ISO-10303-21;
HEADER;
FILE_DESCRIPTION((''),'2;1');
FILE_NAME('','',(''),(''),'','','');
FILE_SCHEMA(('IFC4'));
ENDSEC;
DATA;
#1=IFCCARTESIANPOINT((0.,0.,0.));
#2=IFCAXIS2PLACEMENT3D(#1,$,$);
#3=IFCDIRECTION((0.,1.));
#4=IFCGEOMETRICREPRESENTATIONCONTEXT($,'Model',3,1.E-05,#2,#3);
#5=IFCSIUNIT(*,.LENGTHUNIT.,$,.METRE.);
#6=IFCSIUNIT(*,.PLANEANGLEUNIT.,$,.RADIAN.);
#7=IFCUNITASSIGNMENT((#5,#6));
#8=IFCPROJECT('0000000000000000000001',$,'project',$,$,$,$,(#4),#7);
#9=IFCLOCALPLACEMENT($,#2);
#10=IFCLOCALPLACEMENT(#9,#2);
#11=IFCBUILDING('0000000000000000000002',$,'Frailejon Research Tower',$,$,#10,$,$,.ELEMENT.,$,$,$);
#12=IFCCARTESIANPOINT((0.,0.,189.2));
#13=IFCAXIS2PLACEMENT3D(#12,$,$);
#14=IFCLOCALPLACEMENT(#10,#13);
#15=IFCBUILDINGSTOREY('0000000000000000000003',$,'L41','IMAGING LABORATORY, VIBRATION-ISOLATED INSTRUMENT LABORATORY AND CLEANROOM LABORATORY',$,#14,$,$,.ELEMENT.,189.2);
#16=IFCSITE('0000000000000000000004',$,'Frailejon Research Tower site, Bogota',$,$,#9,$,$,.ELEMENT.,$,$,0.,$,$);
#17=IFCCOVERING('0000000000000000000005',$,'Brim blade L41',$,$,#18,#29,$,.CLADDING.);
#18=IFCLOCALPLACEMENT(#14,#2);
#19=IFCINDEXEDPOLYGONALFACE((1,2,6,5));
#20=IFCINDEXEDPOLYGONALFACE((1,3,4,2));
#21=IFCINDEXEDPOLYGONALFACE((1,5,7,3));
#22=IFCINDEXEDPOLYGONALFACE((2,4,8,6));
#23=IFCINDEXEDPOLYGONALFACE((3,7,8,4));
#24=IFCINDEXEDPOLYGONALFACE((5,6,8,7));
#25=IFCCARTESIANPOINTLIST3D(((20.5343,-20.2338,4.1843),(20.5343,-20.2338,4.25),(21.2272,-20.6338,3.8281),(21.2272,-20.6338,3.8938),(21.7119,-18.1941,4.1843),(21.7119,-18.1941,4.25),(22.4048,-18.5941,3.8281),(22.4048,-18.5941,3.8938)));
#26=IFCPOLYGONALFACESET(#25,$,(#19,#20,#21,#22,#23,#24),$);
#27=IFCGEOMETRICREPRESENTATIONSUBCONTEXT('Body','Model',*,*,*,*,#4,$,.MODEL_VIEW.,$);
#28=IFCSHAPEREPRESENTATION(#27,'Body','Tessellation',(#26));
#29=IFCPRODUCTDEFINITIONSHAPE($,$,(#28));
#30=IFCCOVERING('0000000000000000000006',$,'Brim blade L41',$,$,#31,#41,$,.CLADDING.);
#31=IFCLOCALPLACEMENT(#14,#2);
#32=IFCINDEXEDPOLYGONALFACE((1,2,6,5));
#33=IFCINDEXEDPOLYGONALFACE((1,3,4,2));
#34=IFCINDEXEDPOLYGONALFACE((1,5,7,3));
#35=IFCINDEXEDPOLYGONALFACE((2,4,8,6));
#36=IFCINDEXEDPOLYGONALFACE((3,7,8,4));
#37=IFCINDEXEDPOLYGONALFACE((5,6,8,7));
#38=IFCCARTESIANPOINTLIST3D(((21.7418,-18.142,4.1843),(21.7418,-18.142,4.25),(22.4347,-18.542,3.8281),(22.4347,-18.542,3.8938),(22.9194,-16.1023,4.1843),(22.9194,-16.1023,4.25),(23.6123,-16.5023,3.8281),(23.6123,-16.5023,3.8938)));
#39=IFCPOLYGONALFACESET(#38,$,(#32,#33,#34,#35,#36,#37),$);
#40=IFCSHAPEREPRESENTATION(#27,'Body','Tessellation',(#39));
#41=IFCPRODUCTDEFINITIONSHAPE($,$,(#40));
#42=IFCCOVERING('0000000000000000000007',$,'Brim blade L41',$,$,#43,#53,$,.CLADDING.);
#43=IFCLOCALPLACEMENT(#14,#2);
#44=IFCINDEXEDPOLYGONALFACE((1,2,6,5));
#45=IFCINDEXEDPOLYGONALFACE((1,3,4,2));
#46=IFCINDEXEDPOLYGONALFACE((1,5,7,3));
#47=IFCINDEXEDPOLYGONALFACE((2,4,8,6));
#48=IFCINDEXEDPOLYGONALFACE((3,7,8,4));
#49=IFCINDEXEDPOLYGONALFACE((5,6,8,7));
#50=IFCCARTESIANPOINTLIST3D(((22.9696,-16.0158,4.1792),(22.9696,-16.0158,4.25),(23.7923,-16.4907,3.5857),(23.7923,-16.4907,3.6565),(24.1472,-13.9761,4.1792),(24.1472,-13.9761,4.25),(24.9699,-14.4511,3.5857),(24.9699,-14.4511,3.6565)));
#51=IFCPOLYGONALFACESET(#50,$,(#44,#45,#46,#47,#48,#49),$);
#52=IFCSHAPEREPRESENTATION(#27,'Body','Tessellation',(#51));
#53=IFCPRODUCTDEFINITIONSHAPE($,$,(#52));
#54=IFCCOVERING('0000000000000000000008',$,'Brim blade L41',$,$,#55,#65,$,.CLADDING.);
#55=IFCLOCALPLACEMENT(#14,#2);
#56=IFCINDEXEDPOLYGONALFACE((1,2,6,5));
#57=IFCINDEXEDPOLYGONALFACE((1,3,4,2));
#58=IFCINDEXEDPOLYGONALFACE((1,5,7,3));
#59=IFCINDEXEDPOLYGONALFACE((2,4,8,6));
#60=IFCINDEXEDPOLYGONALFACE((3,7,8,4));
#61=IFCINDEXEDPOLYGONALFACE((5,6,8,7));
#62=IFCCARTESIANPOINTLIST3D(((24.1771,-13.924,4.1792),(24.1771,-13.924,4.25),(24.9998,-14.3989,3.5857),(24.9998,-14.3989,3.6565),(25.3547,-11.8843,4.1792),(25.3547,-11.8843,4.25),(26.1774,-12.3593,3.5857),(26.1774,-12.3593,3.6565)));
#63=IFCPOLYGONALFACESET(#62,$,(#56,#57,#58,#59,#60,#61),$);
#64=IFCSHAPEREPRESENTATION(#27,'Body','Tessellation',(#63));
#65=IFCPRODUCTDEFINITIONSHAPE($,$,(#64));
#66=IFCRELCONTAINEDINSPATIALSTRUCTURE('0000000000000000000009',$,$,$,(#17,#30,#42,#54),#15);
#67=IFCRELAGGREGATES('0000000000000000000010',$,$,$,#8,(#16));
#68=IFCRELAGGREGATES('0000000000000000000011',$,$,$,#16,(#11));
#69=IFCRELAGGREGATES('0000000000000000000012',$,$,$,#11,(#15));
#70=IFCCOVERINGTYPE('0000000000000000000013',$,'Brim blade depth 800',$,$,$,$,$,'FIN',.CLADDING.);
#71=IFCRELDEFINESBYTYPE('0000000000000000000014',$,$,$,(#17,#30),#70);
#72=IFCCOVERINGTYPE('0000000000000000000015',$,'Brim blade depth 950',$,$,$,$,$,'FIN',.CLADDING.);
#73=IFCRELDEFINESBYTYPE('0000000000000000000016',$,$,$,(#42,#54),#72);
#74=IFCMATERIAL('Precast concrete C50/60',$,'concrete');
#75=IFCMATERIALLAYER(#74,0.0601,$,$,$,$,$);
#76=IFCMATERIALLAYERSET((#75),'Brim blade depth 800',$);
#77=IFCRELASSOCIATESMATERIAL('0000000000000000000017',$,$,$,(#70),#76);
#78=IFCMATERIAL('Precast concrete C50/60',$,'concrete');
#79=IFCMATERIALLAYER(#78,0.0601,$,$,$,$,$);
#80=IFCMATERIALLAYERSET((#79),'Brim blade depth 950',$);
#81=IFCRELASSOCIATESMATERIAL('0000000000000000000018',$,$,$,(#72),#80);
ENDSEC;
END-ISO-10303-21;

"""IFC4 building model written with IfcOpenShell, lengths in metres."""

from ifc_helpers import new_model, si_unit, direction, frame, origin, place, context, subcontext, project, spatial, polyline, outline, extrude, material, layer, layer_set, type_object, element, save


model = new_model("IFC4")

# Units and contexts
model_context = context("Model", 3, precision=1e-05, world=origin(), true_north=direction((0.0, 1.0)))
body_context = subcontext(model_context, "Body", "Model", "MODEL_VIEW")
ifc_project = project(units=[si_unit("LENGTHUNIT", "METRE"), si_unit("PLANEANGLEUNIT", "RADIAN")], contexts=[model_context])

# Site, building, storey
site_placement = place(None, origin())
site = spatial("IfcSite", under=ifc_project, at=site_placement, Name="Frailejon Research Tower site, Bogota", CompositionType="ELEMENT", RefElevation=0.0)
building_placement = place(site_placement, origin())
building = spatial("IfcBuilding", under=site, at=building_placement, Name="Frailejon Research Tower", CompositionType="ELEMENT")
storey_placement = place(building_placement, frame((0.0, 0.0, 189.2)))
storey = spatial("IfcBuildingStorey", under=building, at=storey_placement, Name="L41", Description="IMAGING LABORATORY, VIBRATION-ISOLATED INSTRUMENT LABORATORY AND CLEANROOM LABORATORY", CompositionType="ELEMENT", Elevation=189.2)

# Coverings
ifc_material_1 = material(Name="Precast concrete C50/60", Category="concrete")
ifc_layer_1 = layer(ifc_material_1, 0.0601)
ifc_layer_set_1 = layer_set([ifc_layer_1], Name="Brim blade depth 800")
covering_type_1 = type_object("IfcCoveringType", Name="Brim blade depth 800", ElementType="FIN", PredefinedType="CLADDING", material=ifc_layer_set_1)
for number, where, z_axis, x_axis, name in (
    (1, (21.7119, -18.1941, 4.25), (-0.499997, -0.866027, 0.0), (0.866027, -0.499997, 0.0), "Brim blade L41"),
    (2, (22.9194, -16.1023, 4.25), (-0.499997, -0.866027, 0.0), (0.866027, -0.499997, 0.0), "Brim blade L41"),
):
    element("IfcCovering", number, at=place(storey_placement, frame(where, z_axis=z_axis, x_axis=x_axis)), inside=storey, type_object=covering_type_1, Name=name, PredefinedType="CLADDING", context=body_context, shape_type="SweptSolid", body=[
        extrude(outline(polyline([(0.0, -0.0657), (0.8, -0.4219), (0.8, -0.3562), (0.0, 0.0), (0.0, -0.0657)])), origin(), (0.0, 0.0, 1.0), 2.3552),
    ])
ifc_material_2 = material(Name="Precast concrete C50/60", Category="concrete")
ifc_layer_2 = layer(ifc_material_2, 0.0601)
ifc_layer_set_2 = layer_set([ifc_layer_2], Name="Brim blade depth 950")
covering_type_2 = type_object("IfcCoveringType", Name="Brim blade depth 950", ElementType="FIN", PredefinedType="CLADDING", material=ifc_layer_set_2)
for number, where, z_axis, x_axis, name in (
    (3, (24.1472, -13.9761, 4.25), (-0.500006, -0.866022, 0.0), (0.866022, -0.500006, 0.0), "Brim blade L41"),
    (4, (25.3547, -11.8843, 4.25), (-0.500006, -0.866022, 0.0), (0.866022, -0.500006, 0.0), "Brim blade L41"),
):
    element("IfcCovering", number, at=place(storey_placement, frame(where, z_axis=z_axis, x_axis=x_axis)), inside=storey, type_object=covering_type_2, Name=name, PredefinedType="CLADDING", context=body_context, shape_type="SweptSolid", body=[
        extrude(outline(polyline([(0.0, -0.0708), (0.95, -0.6643), (0.95, -0.5935), (0.0, 0.0), (0.0, -0.0708)])), origin(), (0.0, 0.0, 1.0), 2.3552),
    ])

save(model, "model.ifc")
